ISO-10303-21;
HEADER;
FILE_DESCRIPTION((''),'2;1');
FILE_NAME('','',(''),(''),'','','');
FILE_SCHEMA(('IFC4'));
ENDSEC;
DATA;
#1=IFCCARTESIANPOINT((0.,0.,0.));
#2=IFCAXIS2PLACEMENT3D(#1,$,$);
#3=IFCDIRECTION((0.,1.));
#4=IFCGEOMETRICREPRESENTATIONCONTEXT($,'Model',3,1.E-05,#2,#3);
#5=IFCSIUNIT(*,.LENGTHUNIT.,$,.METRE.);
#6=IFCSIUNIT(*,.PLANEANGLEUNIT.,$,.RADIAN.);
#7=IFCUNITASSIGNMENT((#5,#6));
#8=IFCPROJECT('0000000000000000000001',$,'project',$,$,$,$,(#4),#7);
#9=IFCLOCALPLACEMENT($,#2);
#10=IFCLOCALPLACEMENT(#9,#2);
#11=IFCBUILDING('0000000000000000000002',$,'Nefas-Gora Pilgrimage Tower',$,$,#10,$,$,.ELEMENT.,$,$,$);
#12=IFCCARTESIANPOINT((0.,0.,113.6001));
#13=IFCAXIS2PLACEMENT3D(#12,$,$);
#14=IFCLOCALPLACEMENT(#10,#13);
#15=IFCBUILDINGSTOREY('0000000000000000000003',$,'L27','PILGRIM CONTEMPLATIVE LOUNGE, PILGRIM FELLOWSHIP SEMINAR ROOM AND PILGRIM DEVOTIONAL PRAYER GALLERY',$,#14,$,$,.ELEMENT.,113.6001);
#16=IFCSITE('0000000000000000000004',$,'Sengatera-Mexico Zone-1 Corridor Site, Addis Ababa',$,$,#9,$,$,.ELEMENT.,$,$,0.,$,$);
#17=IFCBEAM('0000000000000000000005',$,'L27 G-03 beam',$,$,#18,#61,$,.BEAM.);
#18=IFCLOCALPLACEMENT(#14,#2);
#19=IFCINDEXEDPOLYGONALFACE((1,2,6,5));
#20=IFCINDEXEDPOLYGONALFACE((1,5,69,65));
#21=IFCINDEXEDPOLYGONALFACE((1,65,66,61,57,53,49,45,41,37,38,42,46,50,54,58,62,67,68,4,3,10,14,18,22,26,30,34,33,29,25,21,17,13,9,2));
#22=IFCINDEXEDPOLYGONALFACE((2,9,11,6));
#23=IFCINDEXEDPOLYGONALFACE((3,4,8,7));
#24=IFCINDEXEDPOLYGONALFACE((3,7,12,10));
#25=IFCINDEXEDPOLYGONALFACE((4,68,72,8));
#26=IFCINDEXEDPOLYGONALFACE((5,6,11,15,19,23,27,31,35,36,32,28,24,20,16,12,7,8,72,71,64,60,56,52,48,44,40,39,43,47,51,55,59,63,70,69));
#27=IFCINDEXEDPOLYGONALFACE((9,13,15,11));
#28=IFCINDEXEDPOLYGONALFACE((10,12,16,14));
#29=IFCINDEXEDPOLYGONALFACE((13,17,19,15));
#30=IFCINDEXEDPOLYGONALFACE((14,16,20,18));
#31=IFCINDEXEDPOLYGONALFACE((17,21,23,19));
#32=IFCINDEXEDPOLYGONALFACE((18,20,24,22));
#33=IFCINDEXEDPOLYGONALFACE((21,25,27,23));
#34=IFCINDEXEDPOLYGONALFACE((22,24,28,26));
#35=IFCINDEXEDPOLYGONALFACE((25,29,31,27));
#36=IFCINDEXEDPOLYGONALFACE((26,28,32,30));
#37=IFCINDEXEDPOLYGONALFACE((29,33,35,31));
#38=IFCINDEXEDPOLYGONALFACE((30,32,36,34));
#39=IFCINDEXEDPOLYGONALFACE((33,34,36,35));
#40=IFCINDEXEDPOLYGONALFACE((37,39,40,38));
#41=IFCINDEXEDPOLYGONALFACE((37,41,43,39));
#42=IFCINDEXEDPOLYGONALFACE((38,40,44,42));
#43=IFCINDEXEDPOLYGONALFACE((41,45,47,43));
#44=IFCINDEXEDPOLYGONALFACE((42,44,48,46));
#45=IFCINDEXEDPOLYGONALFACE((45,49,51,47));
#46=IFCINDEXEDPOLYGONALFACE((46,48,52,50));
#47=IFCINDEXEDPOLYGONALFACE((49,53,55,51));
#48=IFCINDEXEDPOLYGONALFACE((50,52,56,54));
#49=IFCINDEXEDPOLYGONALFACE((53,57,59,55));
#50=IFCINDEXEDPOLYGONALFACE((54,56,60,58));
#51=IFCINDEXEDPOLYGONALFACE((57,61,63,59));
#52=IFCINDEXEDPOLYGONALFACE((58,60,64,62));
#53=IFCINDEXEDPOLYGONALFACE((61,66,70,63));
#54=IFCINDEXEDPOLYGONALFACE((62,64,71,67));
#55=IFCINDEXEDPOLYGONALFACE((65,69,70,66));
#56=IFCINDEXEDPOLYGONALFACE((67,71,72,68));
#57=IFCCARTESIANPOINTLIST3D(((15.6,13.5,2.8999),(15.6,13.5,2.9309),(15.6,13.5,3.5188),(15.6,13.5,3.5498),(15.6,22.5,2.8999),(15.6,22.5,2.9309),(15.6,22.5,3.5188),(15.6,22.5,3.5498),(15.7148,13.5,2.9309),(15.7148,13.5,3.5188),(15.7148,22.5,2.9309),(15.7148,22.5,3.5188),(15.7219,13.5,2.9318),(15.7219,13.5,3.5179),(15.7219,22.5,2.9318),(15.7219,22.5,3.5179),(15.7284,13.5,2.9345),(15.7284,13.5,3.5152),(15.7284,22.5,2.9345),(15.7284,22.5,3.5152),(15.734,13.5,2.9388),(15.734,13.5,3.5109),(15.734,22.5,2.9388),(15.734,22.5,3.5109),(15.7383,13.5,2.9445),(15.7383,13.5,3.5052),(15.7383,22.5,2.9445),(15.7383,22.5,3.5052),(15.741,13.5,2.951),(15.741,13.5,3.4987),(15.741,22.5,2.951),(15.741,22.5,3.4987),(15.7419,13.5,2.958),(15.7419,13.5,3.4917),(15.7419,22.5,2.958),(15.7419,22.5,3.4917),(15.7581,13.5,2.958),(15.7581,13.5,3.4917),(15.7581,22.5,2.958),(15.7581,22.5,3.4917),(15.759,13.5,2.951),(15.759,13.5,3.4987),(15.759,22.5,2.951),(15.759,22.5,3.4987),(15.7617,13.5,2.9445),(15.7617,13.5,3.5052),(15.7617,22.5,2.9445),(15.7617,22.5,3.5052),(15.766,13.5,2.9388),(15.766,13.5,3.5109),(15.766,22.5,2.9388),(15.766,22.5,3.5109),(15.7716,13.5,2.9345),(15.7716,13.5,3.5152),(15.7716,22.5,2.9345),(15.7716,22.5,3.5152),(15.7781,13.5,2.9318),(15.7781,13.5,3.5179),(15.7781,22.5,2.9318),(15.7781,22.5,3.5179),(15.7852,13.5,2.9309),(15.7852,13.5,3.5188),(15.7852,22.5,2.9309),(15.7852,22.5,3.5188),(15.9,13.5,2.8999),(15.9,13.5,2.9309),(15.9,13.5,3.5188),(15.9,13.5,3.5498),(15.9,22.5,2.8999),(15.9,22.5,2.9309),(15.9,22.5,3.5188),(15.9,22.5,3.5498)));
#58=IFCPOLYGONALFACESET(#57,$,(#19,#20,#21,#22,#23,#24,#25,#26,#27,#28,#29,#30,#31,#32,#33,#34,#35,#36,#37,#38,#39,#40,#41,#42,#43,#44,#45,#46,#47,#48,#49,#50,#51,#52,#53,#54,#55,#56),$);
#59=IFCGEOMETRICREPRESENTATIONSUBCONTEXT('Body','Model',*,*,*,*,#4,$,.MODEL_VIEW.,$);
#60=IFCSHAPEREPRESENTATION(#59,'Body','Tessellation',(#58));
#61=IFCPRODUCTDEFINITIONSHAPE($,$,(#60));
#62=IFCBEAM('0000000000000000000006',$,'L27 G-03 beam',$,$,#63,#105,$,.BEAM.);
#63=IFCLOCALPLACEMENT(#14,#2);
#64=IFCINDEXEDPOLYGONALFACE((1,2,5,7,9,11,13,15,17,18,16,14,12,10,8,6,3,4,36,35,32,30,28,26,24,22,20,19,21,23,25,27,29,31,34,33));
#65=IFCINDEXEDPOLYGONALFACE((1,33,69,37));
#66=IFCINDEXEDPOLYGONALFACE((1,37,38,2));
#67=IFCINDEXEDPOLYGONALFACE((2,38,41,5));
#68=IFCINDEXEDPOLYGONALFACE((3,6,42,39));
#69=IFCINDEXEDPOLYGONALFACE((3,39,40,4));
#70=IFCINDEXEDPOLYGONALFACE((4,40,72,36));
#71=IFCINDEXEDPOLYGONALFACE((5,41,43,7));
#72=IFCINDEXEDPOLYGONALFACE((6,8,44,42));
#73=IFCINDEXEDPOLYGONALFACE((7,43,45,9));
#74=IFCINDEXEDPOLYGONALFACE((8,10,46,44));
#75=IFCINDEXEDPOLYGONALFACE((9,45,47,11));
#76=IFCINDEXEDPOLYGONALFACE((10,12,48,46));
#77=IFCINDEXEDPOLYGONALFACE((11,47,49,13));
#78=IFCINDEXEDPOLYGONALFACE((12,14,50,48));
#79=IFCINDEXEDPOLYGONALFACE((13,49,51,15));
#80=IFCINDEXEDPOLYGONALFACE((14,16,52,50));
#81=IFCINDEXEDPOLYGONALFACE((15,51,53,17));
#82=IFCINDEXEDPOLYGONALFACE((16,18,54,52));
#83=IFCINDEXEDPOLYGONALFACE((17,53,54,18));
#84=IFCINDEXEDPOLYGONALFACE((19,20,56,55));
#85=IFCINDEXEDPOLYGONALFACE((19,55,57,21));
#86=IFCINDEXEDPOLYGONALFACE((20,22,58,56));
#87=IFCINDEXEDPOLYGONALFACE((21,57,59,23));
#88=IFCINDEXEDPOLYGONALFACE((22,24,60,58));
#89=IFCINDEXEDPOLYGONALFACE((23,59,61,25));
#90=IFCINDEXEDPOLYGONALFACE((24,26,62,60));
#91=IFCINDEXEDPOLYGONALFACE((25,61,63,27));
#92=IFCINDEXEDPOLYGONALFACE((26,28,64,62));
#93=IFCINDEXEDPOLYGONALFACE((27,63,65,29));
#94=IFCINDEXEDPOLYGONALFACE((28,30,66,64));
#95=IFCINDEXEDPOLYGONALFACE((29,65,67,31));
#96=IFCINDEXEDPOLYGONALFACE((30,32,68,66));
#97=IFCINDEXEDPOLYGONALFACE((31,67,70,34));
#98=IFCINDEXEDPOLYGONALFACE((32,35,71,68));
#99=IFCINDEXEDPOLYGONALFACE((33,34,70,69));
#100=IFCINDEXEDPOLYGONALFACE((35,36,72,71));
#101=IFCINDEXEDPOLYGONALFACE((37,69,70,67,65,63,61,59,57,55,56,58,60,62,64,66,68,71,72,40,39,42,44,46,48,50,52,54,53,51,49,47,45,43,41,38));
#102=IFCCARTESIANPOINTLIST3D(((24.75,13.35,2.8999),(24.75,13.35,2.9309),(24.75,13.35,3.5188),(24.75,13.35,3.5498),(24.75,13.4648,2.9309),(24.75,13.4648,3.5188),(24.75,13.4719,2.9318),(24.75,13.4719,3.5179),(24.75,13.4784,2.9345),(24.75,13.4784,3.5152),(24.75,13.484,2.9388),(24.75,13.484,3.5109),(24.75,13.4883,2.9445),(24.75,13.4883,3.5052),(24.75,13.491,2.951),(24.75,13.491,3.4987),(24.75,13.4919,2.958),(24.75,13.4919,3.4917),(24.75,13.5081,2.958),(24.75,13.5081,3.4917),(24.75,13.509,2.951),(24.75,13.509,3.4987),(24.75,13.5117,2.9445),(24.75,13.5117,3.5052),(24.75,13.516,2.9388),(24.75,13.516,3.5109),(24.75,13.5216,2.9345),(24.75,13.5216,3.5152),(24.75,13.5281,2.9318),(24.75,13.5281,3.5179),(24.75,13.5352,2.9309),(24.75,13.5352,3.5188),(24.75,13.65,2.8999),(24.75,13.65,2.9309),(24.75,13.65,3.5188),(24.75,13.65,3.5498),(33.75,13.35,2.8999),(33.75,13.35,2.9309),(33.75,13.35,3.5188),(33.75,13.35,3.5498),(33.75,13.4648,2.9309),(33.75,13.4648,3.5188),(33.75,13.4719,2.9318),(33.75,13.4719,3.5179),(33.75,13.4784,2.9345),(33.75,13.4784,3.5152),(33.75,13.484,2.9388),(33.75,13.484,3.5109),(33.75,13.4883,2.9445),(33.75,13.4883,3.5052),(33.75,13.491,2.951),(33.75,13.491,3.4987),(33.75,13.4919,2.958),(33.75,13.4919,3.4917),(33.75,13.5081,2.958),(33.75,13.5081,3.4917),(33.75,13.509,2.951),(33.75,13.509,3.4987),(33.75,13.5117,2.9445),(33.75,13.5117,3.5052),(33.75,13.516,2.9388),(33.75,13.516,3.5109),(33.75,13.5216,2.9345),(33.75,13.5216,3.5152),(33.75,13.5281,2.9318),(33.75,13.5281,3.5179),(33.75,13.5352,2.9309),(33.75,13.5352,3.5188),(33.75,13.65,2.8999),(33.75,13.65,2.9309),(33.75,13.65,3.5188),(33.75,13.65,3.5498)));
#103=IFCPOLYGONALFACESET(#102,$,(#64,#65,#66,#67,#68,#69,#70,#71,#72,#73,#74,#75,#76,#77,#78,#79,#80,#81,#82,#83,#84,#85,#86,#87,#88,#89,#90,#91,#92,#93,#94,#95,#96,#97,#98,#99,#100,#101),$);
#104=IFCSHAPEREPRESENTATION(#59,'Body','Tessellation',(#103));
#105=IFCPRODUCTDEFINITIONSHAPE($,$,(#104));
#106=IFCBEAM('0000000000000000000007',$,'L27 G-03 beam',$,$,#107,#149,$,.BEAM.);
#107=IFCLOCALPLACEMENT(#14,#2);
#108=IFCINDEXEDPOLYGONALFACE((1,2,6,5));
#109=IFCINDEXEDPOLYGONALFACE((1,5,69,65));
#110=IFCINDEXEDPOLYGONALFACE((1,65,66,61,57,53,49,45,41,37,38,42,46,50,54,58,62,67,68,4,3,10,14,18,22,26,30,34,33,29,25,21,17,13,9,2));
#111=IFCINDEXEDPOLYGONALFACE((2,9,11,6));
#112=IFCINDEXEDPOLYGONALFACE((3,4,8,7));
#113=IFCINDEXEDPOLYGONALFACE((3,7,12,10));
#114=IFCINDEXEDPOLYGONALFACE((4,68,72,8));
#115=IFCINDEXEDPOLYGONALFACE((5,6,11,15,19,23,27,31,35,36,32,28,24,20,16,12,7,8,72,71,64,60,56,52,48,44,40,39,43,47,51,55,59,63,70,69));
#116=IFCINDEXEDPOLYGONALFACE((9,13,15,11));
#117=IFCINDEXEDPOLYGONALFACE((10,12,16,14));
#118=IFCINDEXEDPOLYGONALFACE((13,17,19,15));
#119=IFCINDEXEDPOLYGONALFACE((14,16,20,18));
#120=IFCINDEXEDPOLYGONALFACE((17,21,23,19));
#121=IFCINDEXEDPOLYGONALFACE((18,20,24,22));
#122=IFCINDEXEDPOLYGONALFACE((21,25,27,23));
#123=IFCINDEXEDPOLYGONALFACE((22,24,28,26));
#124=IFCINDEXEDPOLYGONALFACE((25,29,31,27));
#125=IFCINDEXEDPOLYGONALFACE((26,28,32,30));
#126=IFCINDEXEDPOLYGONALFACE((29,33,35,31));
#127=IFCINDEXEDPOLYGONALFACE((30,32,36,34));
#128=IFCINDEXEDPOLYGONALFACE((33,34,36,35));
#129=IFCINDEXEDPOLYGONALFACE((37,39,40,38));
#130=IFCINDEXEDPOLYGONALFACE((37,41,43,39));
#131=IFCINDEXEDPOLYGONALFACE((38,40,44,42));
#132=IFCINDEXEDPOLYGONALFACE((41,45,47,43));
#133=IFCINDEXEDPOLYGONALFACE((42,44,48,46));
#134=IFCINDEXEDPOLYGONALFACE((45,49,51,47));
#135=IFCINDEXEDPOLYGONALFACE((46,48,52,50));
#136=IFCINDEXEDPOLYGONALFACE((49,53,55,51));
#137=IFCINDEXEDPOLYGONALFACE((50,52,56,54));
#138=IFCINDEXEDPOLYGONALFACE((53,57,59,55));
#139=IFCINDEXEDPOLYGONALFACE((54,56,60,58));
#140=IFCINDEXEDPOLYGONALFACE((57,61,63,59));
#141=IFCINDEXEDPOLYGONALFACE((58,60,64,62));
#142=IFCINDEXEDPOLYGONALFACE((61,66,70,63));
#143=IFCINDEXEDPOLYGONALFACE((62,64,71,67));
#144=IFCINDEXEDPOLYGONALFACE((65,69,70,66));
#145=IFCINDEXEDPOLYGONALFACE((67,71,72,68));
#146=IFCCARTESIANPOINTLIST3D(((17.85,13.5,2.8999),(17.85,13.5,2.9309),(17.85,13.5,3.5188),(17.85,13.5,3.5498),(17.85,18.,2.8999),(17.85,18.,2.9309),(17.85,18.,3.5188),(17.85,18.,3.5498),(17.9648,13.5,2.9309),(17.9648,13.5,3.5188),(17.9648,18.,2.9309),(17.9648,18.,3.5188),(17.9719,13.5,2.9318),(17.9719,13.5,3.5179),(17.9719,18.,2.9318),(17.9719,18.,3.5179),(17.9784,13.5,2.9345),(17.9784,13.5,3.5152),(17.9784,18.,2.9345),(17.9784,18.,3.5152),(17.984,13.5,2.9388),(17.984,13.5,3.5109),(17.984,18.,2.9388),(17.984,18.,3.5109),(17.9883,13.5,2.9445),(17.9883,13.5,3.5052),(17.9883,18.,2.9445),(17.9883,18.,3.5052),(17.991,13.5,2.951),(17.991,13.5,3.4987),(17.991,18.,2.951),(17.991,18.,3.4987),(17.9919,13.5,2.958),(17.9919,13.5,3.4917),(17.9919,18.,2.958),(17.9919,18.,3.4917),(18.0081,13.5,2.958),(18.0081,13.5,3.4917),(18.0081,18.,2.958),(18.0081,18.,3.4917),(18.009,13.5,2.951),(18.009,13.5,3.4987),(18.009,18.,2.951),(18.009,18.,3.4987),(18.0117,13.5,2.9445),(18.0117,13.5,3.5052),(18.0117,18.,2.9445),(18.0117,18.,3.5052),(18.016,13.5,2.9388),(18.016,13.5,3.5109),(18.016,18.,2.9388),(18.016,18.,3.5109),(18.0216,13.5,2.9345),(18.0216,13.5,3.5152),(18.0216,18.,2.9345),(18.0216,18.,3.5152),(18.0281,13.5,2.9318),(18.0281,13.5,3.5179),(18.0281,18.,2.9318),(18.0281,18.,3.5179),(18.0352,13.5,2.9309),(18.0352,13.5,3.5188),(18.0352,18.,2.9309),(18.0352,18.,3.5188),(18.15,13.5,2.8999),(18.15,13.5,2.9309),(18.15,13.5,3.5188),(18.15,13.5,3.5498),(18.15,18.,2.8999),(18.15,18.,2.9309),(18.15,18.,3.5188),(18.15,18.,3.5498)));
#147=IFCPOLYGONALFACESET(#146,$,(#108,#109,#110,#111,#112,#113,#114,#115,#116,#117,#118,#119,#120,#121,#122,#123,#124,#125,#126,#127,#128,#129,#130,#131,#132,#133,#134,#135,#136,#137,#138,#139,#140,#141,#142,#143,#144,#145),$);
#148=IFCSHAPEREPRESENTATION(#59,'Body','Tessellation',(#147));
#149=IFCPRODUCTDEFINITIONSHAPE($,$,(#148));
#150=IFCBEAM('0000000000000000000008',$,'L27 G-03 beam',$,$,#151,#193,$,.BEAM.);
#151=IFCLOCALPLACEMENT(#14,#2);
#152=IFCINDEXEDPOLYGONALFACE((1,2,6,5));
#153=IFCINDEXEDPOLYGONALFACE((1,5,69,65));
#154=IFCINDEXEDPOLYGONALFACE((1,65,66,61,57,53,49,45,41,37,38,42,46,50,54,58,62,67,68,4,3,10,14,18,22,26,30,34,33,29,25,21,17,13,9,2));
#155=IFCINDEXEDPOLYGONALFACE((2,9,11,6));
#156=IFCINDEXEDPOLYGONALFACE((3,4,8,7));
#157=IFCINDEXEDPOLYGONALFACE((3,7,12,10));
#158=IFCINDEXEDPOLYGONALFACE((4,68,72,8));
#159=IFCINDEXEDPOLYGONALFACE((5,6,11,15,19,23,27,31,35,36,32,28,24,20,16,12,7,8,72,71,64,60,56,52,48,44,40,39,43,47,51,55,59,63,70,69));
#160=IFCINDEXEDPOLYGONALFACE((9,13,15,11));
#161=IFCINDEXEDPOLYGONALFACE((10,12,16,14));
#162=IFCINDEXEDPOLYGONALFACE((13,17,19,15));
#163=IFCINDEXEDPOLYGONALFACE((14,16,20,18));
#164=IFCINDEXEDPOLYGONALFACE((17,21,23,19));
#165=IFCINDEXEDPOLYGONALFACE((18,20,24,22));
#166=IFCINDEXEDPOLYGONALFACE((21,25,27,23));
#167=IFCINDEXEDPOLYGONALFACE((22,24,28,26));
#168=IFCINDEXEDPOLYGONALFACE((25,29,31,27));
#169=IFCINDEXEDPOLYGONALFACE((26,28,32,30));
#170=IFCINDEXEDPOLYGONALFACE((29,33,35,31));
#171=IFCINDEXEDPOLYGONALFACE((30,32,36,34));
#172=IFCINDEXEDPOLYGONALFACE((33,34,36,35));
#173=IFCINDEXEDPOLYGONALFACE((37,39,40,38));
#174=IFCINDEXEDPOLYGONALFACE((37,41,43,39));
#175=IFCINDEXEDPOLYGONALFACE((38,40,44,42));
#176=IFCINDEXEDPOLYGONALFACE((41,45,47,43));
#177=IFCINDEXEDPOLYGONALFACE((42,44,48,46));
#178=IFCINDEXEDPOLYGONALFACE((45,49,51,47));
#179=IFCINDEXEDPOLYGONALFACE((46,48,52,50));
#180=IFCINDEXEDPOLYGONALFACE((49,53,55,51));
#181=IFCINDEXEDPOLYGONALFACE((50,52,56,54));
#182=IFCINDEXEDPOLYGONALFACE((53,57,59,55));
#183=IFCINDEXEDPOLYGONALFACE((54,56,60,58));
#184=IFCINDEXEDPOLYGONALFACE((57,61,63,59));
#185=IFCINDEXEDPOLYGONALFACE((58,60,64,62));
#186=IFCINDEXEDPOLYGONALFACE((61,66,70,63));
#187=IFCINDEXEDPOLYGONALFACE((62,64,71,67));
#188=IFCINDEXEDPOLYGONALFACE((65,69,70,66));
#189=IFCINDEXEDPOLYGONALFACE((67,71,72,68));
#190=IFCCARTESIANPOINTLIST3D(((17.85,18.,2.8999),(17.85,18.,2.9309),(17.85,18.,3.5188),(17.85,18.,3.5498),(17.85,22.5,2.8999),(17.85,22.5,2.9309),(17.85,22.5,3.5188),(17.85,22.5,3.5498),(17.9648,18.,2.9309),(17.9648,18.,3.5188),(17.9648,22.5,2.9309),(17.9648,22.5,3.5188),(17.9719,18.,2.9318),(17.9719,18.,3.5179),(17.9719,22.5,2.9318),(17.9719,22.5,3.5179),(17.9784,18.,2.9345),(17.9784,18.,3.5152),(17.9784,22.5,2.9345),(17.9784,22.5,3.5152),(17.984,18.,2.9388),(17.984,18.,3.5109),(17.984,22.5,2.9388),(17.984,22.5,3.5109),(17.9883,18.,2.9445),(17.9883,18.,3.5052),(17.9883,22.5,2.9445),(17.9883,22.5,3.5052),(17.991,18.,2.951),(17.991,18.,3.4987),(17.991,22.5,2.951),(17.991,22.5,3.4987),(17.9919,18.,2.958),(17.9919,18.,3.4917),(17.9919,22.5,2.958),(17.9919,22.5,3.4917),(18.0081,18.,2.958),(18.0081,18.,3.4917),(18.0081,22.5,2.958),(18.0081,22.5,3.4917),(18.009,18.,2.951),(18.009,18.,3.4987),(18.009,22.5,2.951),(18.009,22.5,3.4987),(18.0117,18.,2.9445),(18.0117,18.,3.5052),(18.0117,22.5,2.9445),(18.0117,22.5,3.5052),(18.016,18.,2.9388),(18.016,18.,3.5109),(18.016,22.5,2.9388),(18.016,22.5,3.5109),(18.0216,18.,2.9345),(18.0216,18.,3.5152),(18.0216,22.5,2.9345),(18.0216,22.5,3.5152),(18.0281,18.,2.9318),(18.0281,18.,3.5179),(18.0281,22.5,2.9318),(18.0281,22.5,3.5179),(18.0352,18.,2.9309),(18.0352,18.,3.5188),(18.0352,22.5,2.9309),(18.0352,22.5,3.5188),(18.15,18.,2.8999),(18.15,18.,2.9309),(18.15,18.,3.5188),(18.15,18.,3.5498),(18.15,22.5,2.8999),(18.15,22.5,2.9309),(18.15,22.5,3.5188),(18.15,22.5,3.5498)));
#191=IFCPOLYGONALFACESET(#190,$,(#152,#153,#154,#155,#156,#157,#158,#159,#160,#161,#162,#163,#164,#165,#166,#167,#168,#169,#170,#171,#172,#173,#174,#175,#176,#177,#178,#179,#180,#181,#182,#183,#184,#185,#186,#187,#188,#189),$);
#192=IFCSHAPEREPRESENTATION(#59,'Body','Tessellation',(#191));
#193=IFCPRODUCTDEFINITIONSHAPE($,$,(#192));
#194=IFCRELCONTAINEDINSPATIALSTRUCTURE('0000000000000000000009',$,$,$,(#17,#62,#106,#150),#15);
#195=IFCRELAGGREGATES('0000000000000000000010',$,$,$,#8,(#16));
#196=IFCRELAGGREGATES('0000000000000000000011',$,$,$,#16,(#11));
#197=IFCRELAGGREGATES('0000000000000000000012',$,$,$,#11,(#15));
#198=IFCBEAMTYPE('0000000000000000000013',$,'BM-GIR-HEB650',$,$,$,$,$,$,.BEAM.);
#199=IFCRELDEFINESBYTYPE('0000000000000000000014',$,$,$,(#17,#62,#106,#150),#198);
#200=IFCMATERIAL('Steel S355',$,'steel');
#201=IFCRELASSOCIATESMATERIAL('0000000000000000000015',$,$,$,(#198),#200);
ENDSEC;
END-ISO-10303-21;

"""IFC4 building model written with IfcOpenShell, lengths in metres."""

from ifc_helpers import new_model, si_unit, direction, frame, origin, origin_2d, place, context, subcontext, project, spatial, i_section, extrude, source, transform, mapped, material, material_profile, profile_set, type_object, element, save


model = new_model("IFC4")

# Units and contexts
model_context = context("Model", 3, precision=1e-05, world=origin(), true_north=direction((0.0, 1.0)))
body_context = subcontext(model_context, "Body", "Model", "MODEL_VIEW")
ifc_project = project(units=[si_unit("LENGTHUNIT", "METRE"), si_unit("PLANEANGLEUNIT", "RADIAN")], contexts=[model_context])

# Site, building, storey
site_placement = place(None, origin())
site = spatial("IfcSite", under=ifc_project, at=site_placement, Name="Sengatera-Mexico Zone-1 Corridor Site, Addis Ababa", CompositionType="ELEMENT", RefElevation=0.0)
building_placement = place(site_placement, origin())
building = spatial("IfcBuilding", under=site, at=building_placement, Name="Nefas-Gora Pilgrimage Tower", CompositionType="ELEMENT")
storey_placement = place(building_placement, frame((0.0, 0.0, 113.6001)))
storey = spatial("IfcBuildingStorey", under=building, at=storey_placement, Name="L27", Description="PILGRIM CONTEMPLATIVE LOUNGE, PILGRIM FELLOWSHIP SEMINAR ROOM AND PILGRIM DEVOTIONAL PRAYER GALLERY", CompositionType="ELEMENT", Elevation=113.6001)

# Beams
ifc_material_1 = material(Name="Steel S355", Category="steel")
ifc_material_profile_1 = material_profile(ifc_material_1, i_section(OverallWidth=0.3, OverallDepth=0.6499, WebThickness=0.0161, FlangeThickness=0.031, FilletRadius=0.0271, at=origin_2d()), Name="HEB 650")
ifc_profile_set_1 = profile_set([ifc_material_profile_1], Name="Steel S355")
beam_type_1 = type_object("IfcBeamType", Name="BM-GIR-HEB650", PredefinedType="BEAM", material=ifc_profile_set_1)
shared_shape_1 = source(origin(), body_context, "Body", "SweptSolid", [
    extrude(i_section(OverallWidth=0.3, OverallDepth=0.6499, WebThickness=0.0161, FlangeThickness=0.031, FilletRadius=0.0271, at=origin_2d()), origin(), (0.0, 0.0, 1.0), 9.0),
])
for number, where, z_axis, x_axis, name in (
    (1, (15.75, 13.5, 3.2249), (0.0, 1.0, 0.0), (-1.0, 0.0, 0.0), "L27 G-03 beam"),
    (2, (24.75, 13.5, 3.2249), (1.0, 0.0, 0.0), (0.0, 1.0, 0.0), "L27 G-03 beam"),
):
    element("IfcBeam", number, at=place(storey_placement, frame(where, z_axis=z_axis, x_axis=x_axis)), inside=storey, type_object=beam_type_1, Name=name, PredefinedType="BEAM", context=body_context, shape_type="MappedRepresentation", body=[
        mapped(shared_shape_1, transform((0.0, 0.0, 0.0), x_axis=(1.0, 0.0, 0.0), y_axis=(0.0, 1.0, 0.0), z_axis=(0.0, 0.0, 1.0), scale=1.0)),
    ])
shared_shape_2 = source(origin(), body_context, "Body", "SweptSolid", [
    extrude(i_section(OverallWidth=0.3, OverallDepth=0.6499, WebThickness=0.0161, FlangeThickness=0.031, FilletRadius=0.0271, at=origin_2d()), origin(), (0.0, 0.0, 1.0), 4.5),
])
for number, where, z_axis, x_axis, name in (
    (3, (18.0, 13.5, 3.2249), (0.0, 1.0, 0.0), (-1.0, 0.0, 0.0), "L27 G-03 beam"),
    (4, (18.0, 18.0, 3.2249), (0.0, 1.0, 0.0), (-1.0, 0.0, 0.0), "L27 G-03 beam"),
):
    element("IfcBeam", number, at=place(storey_placement, frame(where, z_axis=z_axis, x_axis=x_axis)), inside=storey, type_object=beam_type_1, Name=name, PredefinedType="BEAM", context=body_context, shape_type="MappedRepresentation", body=[
        mapped(shared_shape_2, transform((0.0, 0.0, 0.0), x_axis=(1.0, 0.0, 0.0), y_axis=(0.0, 1.0, 0.0), z_axis=(0.0, 0.0, 1.0), scale=1.0)),
    ])

save(model, "model.ifc")
